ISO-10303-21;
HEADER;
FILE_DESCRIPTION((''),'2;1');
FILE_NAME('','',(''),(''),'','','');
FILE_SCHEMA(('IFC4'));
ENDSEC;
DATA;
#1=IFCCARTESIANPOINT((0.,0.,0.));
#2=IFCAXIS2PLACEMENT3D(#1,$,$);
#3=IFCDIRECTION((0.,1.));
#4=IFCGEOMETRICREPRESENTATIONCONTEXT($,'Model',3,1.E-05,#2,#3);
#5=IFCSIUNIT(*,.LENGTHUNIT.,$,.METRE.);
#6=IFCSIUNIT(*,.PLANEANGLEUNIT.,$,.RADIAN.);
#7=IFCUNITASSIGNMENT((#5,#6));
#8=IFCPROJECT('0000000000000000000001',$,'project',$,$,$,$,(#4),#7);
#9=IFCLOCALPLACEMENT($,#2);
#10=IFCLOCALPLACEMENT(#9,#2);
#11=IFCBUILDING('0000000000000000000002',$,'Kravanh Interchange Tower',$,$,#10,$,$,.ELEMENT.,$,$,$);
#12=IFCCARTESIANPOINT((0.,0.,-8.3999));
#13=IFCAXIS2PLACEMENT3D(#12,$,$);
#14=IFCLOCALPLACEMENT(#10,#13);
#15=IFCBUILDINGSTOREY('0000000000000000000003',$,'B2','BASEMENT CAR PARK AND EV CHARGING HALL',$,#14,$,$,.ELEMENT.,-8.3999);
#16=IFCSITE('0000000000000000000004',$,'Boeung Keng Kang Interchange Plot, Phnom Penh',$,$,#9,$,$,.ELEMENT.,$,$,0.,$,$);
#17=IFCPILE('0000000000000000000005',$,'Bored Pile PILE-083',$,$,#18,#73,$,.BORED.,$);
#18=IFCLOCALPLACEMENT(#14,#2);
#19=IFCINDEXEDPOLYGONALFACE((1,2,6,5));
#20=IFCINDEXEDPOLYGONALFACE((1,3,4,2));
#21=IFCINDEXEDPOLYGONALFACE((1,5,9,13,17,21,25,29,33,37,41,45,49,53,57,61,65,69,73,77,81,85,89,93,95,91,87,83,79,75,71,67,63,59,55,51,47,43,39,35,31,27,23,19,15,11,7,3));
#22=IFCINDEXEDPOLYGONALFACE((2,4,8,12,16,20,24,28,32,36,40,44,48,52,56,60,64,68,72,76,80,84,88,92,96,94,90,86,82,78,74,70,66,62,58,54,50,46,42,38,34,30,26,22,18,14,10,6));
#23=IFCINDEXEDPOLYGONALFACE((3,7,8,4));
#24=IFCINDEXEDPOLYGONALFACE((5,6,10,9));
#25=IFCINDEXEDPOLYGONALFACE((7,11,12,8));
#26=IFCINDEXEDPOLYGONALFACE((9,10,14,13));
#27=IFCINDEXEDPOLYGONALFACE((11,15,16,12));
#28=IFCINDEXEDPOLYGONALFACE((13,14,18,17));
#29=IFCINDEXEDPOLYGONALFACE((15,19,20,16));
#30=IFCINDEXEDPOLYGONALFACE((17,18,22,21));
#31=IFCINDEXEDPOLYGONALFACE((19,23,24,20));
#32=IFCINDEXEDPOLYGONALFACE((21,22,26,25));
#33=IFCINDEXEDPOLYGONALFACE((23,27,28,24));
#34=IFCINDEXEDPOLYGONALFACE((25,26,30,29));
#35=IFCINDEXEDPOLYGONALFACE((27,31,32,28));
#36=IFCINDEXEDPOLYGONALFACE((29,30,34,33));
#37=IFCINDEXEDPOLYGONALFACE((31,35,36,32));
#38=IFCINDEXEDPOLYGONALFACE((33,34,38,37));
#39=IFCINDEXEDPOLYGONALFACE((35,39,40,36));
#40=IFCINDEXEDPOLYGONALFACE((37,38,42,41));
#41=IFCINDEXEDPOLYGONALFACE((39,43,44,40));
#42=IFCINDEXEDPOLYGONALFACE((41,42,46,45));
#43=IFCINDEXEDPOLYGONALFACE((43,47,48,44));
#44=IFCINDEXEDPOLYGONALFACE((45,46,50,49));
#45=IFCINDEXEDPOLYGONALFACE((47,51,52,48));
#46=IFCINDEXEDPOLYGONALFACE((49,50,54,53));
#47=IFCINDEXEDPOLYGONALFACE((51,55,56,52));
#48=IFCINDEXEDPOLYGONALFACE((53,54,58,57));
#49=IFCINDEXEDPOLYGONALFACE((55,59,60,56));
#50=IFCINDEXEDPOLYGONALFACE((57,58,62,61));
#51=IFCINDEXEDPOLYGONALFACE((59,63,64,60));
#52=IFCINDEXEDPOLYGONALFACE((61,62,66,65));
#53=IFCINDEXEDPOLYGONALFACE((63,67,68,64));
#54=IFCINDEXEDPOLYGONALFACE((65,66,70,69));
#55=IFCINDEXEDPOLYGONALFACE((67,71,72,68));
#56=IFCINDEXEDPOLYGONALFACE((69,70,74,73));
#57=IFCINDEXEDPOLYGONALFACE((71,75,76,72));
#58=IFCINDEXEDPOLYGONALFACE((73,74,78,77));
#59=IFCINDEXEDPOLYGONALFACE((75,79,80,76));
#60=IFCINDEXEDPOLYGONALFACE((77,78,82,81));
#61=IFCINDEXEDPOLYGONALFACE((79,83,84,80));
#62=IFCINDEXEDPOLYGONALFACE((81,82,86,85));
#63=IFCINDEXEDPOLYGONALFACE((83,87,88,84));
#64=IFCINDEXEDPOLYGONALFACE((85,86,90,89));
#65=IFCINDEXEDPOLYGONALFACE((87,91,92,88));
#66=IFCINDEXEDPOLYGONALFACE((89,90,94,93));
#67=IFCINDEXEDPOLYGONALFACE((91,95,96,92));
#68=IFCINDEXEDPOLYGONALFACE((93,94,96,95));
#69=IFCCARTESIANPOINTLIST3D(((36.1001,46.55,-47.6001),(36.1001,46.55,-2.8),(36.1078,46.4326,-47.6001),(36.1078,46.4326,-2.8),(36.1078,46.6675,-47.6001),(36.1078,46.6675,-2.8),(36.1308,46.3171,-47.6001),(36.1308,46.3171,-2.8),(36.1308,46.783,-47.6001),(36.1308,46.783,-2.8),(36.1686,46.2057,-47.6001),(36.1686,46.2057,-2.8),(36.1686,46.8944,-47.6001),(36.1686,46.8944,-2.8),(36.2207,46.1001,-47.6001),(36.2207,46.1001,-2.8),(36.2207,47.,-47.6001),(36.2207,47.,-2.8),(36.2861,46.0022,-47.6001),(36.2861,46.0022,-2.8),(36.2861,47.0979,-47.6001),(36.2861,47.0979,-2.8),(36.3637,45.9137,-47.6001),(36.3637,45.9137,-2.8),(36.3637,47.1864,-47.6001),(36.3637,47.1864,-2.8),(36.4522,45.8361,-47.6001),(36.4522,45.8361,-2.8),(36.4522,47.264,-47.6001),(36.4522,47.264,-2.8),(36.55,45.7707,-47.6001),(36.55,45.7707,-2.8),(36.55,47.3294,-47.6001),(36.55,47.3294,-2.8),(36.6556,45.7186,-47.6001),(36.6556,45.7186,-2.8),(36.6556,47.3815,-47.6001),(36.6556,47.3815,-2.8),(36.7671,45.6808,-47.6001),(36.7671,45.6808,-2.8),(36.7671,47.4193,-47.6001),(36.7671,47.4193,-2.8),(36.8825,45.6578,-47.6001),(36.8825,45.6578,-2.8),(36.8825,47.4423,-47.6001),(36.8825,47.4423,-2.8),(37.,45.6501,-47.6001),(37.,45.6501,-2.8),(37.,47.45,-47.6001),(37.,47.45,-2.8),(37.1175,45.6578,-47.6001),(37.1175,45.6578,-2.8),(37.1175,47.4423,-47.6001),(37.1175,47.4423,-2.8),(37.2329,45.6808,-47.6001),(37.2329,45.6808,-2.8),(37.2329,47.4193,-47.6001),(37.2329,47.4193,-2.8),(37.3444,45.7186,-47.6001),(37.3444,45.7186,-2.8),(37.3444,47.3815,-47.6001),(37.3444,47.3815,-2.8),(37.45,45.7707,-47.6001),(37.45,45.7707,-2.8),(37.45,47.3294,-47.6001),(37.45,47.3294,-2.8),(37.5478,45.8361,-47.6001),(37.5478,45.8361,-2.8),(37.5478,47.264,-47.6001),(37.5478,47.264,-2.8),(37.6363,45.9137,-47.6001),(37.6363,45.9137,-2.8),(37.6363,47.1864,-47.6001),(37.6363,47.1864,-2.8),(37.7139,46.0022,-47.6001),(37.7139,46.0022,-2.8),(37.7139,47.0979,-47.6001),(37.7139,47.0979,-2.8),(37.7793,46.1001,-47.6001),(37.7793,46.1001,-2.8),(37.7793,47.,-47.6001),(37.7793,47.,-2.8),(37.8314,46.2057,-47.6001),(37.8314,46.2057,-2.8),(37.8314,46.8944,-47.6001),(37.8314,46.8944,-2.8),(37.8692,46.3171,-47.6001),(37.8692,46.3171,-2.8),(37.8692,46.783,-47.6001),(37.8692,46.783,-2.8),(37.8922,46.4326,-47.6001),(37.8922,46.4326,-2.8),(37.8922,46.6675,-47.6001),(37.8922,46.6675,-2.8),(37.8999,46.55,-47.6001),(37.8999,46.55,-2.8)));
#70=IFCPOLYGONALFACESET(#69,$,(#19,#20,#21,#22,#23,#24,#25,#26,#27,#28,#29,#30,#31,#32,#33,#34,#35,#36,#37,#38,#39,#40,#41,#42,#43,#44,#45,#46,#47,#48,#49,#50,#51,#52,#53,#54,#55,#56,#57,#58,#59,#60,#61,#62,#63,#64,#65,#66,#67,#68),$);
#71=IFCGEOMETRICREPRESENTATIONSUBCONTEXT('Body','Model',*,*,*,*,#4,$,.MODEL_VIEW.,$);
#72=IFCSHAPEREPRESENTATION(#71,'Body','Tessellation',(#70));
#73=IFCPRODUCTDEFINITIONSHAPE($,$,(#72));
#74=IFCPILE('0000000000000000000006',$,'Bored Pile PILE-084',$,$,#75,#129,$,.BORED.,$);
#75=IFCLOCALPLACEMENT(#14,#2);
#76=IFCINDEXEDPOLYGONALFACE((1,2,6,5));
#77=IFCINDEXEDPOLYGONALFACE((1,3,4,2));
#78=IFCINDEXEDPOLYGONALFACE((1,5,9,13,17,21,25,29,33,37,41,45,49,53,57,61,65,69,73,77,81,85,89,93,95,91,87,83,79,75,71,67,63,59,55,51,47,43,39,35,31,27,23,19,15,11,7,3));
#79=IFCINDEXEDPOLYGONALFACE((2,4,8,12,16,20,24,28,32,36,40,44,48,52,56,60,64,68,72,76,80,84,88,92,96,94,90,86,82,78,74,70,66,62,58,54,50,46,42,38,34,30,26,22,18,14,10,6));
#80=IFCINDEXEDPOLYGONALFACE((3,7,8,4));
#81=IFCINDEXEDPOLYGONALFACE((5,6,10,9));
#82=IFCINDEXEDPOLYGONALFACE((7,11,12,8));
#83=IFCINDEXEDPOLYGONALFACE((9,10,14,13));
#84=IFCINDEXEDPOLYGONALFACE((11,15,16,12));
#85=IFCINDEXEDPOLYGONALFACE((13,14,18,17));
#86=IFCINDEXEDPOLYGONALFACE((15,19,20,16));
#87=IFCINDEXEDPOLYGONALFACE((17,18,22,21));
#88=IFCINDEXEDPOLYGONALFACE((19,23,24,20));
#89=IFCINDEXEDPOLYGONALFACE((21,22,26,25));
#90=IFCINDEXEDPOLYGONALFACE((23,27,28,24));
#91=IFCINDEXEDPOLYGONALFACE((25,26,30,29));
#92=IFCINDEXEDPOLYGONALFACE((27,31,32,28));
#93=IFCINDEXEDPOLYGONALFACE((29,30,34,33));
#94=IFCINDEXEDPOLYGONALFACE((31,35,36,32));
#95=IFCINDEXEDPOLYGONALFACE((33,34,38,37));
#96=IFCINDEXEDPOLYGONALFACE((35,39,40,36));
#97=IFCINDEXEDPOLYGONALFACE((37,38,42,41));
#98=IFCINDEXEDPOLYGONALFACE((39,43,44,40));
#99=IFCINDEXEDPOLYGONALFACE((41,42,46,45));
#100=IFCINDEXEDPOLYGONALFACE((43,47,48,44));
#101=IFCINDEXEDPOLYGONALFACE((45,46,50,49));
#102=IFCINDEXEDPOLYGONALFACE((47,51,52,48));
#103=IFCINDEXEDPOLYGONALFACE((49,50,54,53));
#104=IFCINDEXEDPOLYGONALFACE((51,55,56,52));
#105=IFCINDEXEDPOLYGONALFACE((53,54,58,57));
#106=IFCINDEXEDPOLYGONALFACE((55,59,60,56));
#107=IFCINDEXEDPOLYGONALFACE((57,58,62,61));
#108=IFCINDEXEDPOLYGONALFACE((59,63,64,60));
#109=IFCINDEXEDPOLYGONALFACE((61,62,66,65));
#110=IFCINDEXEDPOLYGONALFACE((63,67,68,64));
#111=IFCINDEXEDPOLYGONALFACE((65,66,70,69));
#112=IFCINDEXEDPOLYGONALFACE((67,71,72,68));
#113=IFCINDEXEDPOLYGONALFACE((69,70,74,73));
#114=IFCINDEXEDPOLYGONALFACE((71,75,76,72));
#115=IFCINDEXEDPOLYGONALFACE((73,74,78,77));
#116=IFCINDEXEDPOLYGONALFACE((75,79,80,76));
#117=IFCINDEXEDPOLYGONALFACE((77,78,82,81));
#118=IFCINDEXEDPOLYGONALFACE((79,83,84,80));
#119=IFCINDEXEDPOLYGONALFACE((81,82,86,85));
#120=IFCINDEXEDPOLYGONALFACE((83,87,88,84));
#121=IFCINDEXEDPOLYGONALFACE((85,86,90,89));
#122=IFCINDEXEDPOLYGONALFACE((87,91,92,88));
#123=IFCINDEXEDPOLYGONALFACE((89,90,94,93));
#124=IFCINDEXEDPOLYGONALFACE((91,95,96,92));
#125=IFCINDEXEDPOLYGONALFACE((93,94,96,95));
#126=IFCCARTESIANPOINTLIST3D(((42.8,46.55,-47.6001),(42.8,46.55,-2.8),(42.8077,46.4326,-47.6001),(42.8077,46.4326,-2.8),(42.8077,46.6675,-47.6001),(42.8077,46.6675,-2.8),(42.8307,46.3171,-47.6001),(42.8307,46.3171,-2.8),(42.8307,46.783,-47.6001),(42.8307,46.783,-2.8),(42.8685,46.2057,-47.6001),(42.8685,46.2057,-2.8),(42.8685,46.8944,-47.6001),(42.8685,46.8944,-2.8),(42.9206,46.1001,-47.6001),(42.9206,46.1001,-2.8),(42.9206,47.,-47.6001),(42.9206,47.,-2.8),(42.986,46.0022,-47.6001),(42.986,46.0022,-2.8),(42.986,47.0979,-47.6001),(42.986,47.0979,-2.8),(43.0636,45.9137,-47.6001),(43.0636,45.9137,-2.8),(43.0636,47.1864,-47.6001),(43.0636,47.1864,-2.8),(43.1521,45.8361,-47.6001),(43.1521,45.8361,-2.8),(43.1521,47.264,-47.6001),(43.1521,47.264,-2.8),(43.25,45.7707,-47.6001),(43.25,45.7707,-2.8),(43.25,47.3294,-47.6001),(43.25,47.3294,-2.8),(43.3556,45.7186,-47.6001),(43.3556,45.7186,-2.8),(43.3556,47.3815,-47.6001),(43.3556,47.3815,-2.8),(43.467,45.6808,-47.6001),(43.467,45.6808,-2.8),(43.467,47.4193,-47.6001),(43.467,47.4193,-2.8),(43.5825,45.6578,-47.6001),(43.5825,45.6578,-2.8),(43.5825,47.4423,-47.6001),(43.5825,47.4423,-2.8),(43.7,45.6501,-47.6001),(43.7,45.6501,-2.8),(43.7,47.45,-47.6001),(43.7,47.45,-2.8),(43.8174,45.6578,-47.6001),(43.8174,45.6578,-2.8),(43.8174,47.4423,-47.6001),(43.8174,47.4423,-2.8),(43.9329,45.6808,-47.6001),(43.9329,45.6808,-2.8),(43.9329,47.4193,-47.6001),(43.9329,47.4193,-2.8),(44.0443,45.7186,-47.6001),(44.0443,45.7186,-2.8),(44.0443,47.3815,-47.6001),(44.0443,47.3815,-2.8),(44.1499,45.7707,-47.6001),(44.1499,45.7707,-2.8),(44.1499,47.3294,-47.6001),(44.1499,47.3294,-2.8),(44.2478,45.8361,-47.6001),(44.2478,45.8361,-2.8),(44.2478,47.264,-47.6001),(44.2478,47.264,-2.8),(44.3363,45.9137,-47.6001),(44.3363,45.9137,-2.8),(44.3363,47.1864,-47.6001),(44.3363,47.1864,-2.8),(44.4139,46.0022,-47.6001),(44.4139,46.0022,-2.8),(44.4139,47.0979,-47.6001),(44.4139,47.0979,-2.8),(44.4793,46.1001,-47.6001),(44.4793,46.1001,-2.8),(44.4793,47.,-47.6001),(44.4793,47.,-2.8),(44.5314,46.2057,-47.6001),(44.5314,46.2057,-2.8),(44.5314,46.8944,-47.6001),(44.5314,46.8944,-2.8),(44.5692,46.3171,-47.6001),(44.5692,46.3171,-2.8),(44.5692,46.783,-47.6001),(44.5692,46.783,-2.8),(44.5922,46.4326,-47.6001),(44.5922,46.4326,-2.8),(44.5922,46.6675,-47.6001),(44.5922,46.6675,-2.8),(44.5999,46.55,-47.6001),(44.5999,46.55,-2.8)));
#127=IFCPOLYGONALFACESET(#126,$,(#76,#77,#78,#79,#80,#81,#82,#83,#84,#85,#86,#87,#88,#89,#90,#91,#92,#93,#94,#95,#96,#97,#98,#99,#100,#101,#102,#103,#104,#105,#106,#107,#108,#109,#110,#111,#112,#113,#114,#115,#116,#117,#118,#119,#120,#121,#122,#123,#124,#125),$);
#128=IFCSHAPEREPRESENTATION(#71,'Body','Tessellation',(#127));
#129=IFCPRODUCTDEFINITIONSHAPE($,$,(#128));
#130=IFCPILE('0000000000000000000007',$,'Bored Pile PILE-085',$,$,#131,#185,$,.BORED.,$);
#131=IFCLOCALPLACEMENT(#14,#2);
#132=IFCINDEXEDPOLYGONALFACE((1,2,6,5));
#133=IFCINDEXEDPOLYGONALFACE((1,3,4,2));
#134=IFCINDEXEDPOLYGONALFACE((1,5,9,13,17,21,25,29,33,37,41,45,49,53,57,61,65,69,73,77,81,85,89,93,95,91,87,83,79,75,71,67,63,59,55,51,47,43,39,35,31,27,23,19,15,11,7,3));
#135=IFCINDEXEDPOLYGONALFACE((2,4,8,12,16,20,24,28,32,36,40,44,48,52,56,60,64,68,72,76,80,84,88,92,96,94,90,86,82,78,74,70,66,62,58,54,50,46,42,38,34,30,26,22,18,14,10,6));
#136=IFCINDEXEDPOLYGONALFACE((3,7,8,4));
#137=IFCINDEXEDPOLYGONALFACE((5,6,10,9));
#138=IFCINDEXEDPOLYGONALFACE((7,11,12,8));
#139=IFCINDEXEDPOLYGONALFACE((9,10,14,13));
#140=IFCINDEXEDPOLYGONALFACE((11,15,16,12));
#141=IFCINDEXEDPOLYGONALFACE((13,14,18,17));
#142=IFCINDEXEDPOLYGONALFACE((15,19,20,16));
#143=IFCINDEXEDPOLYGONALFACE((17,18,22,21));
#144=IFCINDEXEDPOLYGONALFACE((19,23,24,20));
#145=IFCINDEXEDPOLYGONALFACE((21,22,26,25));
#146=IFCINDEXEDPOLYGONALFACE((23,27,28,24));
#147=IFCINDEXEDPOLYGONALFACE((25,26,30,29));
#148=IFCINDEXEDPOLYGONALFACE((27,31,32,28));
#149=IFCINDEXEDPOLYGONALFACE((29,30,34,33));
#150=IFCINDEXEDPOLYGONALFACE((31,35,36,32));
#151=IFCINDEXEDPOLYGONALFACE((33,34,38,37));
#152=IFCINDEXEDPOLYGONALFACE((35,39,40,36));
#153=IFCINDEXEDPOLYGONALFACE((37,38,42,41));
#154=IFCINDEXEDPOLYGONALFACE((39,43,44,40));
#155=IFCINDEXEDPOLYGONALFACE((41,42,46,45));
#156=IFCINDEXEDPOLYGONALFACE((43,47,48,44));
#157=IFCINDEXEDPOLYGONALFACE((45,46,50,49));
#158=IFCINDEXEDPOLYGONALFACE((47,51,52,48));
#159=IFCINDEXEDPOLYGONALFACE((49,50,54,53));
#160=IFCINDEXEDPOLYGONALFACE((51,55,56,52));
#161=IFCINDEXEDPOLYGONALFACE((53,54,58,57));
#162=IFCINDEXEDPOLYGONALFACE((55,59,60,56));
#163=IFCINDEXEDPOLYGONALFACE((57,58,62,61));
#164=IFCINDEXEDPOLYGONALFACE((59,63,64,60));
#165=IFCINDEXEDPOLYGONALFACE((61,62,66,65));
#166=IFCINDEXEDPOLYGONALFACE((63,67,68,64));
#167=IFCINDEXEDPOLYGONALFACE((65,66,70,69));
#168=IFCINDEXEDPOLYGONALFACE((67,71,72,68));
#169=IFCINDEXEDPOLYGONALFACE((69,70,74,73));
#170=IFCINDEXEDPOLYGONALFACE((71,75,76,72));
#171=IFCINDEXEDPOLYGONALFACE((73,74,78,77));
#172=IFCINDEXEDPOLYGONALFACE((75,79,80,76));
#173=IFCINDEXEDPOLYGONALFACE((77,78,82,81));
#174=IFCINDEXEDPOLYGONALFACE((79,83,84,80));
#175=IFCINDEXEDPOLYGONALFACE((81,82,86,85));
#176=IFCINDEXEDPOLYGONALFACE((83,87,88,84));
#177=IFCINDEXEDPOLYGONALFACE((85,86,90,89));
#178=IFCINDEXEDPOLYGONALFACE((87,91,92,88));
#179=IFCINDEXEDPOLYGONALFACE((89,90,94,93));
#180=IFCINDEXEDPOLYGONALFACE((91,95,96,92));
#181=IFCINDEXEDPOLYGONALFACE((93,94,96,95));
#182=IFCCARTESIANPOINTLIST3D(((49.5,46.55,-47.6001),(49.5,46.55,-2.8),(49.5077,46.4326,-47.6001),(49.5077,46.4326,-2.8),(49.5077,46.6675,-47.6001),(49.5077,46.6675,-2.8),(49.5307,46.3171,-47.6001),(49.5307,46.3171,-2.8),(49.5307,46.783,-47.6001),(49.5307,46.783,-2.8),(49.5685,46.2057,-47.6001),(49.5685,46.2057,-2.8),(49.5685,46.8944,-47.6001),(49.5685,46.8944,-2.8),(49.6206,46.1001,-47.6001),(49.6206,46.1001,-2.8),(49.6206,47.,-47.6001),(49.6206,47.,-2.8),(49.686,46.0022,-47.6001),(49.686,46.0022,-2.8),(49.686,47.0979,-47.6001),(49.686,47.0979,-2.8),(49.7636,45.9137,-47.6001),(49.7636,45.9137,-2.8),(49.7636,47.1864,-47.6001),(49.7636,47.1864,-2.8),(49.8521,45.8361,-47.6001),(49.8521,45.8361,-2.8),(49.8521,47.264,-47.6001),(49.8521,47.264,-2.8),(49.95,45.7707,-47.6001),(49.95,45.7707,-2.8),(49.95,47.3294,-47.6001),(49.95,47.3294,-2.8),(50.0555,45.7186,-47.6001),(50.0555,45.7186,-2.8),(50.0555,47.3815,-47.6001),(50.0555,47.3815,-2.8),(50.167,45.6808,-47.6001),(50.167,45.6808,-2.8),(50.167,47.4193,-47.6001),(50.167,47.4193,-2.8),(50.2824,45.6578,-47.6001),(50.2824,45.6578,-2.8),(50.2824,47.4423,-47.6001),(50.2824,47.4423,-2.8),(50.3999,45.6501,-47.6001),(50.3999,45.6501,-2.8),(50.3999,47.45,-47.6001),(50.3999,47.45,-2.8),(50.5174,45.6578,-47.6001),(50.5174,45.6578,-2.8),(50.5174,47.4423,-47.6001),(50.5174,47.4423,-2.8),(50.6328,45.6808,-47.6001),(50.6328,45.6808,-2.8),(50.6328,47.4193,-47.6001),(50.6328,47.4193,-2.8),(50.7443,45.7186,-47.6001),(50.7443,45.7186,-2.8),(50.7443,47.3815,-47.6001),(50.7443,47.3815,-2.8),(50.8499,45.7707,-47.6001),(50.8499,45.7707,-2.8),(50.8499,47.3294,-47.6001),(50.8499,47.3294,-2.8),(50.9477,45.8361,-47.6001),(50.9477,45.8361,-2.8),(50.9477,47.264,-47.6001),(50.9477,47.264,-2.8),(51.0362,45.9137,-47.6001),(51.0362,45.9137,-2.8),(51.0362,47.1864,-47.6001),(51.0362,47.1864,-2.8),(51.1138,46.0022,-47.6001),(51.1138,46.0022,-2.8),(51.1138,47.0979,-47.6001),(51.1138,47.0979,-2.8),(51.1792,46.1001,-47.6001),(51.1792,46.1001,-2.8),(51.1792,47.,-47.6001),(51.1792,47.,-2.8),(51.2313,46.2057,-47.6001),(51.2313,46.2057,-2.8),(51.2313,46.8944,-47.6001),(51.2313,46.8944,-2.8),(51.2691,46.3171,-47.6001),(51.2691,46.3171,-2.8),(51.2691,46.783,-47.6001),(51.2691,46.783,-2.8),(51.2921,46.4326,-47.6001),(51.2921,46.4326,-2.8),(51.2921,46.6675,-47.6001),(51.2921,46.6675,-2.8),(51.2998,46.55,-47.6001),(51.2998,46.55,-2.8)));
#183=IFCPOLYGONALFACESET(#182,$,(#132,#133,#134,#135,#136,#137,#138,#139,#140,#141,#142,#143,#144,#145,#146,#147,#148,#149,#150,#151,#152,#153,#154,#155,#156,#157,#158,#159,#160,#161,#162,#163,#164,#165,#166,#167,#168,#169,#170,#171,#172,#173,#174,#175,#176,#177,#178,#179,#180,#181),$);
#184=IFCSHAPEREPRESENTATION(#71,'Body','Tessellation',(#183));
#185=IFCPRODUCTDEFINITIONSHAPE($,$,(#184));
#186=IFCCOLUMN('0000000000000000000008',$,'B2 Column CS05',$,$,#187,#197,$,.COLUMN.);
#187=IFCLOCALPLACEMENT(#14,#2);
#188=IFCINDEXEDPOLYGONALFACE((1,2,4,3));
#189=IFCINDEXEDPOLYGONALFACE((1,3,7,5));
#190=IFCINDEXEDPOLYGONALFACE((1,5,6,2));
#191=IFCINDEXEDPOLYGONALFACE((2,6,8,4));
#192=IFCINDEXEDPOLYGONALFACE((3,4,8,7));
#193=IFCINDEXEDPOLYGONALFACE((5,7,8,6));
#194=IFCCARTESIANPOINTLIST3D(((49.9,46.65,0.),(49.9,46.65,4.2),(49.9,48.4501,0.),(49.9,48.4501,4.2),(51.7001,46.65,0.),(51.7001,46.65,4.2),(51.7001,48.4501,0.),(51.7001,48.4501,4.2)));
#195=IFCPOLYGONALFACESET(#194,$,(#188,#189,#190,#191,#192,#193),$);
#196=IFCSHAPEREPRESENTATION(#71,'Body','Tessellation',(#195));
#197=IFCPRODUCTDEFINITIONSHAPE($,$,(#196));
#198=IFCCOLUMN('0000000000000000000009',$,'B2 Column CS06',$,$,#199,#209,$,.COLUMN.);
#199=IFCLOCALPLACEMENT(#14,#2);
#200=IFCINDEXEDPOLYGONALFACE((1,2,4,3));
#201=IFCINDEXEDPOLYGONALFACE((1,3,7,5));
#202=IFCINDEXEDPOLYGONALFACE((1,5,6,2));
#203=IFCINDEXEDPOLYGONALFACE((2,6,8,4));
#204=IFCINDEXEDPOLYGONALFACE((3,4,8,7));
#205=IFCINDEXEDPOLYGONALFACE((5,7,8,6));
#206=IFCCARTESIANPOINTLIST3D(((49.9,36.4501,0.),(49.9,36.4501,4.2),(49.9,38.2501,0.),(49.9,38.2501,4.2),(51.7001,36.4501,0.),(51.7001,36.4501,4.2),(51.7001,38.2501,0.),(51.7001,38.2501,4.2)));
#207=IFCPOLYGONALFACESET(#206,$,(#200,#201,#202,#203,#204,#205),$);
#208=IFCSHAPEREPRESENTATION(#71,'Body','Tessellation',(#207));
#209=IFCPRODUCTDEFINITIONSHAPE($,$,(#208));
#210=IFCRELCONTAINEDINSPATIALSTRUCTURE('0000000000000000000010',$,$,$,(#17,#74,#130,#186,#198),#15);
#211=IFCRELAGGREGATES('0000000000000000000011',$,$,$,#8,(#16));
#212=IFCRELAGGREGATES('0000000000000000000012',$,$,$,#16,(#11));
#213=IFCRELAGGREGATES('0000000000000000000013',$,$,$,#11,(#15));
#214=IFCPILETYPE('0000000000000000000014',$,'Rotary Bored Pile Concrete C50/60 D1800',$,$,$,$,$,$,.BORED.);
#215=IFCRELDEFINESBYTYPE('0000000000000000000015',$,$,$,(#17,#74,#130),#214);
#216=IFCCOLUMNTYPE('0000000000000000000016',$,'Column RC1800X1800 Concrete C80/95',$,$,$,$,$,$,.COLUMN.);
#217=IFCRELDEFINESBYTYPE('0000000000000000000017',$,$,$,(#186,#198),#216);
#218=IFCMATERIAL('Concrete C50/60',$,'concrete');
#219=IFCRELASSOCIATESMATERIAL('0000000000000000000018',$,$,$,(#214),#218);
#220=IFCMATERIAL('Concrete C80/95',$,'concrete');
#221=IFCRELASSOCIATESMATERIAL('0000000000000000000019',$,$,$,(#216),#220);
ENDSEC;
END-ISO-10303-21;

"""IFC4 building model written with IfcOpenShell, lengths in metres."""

from ifc_helpers import new_model, si_unit, direction, frame, origin, origin_2d, place, context, subcontext, project, spatial, rectangle, circle, extrude, material, material_profile, profile_set, type_object, element, save


model = new_model("IFC4")

# Units and contexts
model_context = context("Model", 3, precision=1e-05, world=origin(), true_north=direction((0.0, 1.0)))
body_context = subcontext(model_context, "Body", "Model", "MODEL_VIEW")
ifc_project = project(units=[si_unit("LENGTHUNIT", "METRE"), si_unit("PLANEANGLEUNIT", "RADIAN")], contexts=[model_context])

# Site, building, storey
site_placement = place(None, origin())
site = spatial("IfcSite", under=ifc_project, at=site_placement, Name="Boeung Keng Kang Interchange Plot, Phnom Penh", CompositionType="ELEMENT", RefElevation=0.0)
building_placement = place(site_placement, origin())
building = spatial("IfcBuilding", under=site, at=building_placement, Name="Kravanh Interchange Tower", CompositionType="ELEMENT")
storey_placement = place(building_placement, frame((0.0, 0.0, -8.3999)))
storey = spatial("IfcBuildingStorey", under=building, at=storey_placement, Name="B2", Description="BASEMENT CAR PARK AND EV CHARGING HALL", CompositionType="ELEMENT", Elevation=-8.3999)

# Piles
ifc_material_1 = material(Name="Concrete C50/60", Category="concrete")
ifc_material_profile_1 = material_profile(ifc_material_1, circle(Radius=0.8999, at=origin_2d()), Name="PILE-D1800")
ifc_profile_set_1 = profile_set([ifc_material_profile_1], Name="Concrete C50/60")
pile_type = type_object("IfcPileType", Name="Rotary Bored Pile Concrete C50/60 D1800", PredefinedType="BORED", material=ifc_profile_set_1)
for number, where, z_axis, x_axis, name in (
    (1, (37.0, 46.55, -2.8), (0.0, 0.0, -1.0), (1.0, 0.0, 0.0), "Bored Pile PILE-083"),
    (2, (43.7, 46.55, -2.8), (0.0, 0.0, -1.0), (1.0, 0.0, 0.0), "Bored Pile PILE-084"),
    (3, (50.3999, 46.55, -2.8), (0.0, 0.0, -1.0), (1.0, 0.0, 0.0), "Bored Pile PILE-085"),
):
    element("IfcPile", number, at=place(storey_placement, frame(where, z_axis=z_axis, x_axis=x_axis)), inside=storey, type_object=pile_type, Name=name, PredefinedType="BORED", context=body_context, shape_type="SweptSolid", body=[
        extrude(circle(Radius=0.8999, at=origin_2d()), origin(), (0.0, 0.0, 1.0), 44.8),
    ])

# Columns
ifc_material_2 = material(Name="Concrete C80/95", Category="concrete")
ifc_material_profile_2 = material_profile(ifc_material_2, rectangle(XDim=1.8, YDim=1.8, at=origin_2d()), Name="RC1800X1800")
ifc_profile_set_2 = profile_set([ifc_material_profile_2], Name="Concrete C80/95")
column_type = type_object("IfcColumnType", Name="Column RC1800X1800 Concrete C80/95", PredefinedType="COLUMN", material=ifc_profile_set_2)
for number, where, z_axis, x_axis, name in (
    (4, (50.8, 47.55, 0.0), (0.0, 0.0, 1.0), (1.0, 0.0, 0.0), "B2 Column CS05"),
    (5, (50.8, 37.3501, 0.0), (0.0, 0.0, 1.0), (1.0, 0.0, 0.0), "B2 Column CS06"),
):
    element("IfcColumn", number, at=place(storey_placement, frame(where, z_axis=z_axis, x_axis=x_axis)), inside=storey, type_object=column_type, Name=name, PredefinedType="COLUMN", context=body_context, shape_type="SweptSolid", body=[
        extrude(rectangle(XDim=1.8, YDim=1.8, at=origin_2d()), origin(), (0.0, 0.0, 1.0), 4.2),
    ])

save(model, "model.ifc")
